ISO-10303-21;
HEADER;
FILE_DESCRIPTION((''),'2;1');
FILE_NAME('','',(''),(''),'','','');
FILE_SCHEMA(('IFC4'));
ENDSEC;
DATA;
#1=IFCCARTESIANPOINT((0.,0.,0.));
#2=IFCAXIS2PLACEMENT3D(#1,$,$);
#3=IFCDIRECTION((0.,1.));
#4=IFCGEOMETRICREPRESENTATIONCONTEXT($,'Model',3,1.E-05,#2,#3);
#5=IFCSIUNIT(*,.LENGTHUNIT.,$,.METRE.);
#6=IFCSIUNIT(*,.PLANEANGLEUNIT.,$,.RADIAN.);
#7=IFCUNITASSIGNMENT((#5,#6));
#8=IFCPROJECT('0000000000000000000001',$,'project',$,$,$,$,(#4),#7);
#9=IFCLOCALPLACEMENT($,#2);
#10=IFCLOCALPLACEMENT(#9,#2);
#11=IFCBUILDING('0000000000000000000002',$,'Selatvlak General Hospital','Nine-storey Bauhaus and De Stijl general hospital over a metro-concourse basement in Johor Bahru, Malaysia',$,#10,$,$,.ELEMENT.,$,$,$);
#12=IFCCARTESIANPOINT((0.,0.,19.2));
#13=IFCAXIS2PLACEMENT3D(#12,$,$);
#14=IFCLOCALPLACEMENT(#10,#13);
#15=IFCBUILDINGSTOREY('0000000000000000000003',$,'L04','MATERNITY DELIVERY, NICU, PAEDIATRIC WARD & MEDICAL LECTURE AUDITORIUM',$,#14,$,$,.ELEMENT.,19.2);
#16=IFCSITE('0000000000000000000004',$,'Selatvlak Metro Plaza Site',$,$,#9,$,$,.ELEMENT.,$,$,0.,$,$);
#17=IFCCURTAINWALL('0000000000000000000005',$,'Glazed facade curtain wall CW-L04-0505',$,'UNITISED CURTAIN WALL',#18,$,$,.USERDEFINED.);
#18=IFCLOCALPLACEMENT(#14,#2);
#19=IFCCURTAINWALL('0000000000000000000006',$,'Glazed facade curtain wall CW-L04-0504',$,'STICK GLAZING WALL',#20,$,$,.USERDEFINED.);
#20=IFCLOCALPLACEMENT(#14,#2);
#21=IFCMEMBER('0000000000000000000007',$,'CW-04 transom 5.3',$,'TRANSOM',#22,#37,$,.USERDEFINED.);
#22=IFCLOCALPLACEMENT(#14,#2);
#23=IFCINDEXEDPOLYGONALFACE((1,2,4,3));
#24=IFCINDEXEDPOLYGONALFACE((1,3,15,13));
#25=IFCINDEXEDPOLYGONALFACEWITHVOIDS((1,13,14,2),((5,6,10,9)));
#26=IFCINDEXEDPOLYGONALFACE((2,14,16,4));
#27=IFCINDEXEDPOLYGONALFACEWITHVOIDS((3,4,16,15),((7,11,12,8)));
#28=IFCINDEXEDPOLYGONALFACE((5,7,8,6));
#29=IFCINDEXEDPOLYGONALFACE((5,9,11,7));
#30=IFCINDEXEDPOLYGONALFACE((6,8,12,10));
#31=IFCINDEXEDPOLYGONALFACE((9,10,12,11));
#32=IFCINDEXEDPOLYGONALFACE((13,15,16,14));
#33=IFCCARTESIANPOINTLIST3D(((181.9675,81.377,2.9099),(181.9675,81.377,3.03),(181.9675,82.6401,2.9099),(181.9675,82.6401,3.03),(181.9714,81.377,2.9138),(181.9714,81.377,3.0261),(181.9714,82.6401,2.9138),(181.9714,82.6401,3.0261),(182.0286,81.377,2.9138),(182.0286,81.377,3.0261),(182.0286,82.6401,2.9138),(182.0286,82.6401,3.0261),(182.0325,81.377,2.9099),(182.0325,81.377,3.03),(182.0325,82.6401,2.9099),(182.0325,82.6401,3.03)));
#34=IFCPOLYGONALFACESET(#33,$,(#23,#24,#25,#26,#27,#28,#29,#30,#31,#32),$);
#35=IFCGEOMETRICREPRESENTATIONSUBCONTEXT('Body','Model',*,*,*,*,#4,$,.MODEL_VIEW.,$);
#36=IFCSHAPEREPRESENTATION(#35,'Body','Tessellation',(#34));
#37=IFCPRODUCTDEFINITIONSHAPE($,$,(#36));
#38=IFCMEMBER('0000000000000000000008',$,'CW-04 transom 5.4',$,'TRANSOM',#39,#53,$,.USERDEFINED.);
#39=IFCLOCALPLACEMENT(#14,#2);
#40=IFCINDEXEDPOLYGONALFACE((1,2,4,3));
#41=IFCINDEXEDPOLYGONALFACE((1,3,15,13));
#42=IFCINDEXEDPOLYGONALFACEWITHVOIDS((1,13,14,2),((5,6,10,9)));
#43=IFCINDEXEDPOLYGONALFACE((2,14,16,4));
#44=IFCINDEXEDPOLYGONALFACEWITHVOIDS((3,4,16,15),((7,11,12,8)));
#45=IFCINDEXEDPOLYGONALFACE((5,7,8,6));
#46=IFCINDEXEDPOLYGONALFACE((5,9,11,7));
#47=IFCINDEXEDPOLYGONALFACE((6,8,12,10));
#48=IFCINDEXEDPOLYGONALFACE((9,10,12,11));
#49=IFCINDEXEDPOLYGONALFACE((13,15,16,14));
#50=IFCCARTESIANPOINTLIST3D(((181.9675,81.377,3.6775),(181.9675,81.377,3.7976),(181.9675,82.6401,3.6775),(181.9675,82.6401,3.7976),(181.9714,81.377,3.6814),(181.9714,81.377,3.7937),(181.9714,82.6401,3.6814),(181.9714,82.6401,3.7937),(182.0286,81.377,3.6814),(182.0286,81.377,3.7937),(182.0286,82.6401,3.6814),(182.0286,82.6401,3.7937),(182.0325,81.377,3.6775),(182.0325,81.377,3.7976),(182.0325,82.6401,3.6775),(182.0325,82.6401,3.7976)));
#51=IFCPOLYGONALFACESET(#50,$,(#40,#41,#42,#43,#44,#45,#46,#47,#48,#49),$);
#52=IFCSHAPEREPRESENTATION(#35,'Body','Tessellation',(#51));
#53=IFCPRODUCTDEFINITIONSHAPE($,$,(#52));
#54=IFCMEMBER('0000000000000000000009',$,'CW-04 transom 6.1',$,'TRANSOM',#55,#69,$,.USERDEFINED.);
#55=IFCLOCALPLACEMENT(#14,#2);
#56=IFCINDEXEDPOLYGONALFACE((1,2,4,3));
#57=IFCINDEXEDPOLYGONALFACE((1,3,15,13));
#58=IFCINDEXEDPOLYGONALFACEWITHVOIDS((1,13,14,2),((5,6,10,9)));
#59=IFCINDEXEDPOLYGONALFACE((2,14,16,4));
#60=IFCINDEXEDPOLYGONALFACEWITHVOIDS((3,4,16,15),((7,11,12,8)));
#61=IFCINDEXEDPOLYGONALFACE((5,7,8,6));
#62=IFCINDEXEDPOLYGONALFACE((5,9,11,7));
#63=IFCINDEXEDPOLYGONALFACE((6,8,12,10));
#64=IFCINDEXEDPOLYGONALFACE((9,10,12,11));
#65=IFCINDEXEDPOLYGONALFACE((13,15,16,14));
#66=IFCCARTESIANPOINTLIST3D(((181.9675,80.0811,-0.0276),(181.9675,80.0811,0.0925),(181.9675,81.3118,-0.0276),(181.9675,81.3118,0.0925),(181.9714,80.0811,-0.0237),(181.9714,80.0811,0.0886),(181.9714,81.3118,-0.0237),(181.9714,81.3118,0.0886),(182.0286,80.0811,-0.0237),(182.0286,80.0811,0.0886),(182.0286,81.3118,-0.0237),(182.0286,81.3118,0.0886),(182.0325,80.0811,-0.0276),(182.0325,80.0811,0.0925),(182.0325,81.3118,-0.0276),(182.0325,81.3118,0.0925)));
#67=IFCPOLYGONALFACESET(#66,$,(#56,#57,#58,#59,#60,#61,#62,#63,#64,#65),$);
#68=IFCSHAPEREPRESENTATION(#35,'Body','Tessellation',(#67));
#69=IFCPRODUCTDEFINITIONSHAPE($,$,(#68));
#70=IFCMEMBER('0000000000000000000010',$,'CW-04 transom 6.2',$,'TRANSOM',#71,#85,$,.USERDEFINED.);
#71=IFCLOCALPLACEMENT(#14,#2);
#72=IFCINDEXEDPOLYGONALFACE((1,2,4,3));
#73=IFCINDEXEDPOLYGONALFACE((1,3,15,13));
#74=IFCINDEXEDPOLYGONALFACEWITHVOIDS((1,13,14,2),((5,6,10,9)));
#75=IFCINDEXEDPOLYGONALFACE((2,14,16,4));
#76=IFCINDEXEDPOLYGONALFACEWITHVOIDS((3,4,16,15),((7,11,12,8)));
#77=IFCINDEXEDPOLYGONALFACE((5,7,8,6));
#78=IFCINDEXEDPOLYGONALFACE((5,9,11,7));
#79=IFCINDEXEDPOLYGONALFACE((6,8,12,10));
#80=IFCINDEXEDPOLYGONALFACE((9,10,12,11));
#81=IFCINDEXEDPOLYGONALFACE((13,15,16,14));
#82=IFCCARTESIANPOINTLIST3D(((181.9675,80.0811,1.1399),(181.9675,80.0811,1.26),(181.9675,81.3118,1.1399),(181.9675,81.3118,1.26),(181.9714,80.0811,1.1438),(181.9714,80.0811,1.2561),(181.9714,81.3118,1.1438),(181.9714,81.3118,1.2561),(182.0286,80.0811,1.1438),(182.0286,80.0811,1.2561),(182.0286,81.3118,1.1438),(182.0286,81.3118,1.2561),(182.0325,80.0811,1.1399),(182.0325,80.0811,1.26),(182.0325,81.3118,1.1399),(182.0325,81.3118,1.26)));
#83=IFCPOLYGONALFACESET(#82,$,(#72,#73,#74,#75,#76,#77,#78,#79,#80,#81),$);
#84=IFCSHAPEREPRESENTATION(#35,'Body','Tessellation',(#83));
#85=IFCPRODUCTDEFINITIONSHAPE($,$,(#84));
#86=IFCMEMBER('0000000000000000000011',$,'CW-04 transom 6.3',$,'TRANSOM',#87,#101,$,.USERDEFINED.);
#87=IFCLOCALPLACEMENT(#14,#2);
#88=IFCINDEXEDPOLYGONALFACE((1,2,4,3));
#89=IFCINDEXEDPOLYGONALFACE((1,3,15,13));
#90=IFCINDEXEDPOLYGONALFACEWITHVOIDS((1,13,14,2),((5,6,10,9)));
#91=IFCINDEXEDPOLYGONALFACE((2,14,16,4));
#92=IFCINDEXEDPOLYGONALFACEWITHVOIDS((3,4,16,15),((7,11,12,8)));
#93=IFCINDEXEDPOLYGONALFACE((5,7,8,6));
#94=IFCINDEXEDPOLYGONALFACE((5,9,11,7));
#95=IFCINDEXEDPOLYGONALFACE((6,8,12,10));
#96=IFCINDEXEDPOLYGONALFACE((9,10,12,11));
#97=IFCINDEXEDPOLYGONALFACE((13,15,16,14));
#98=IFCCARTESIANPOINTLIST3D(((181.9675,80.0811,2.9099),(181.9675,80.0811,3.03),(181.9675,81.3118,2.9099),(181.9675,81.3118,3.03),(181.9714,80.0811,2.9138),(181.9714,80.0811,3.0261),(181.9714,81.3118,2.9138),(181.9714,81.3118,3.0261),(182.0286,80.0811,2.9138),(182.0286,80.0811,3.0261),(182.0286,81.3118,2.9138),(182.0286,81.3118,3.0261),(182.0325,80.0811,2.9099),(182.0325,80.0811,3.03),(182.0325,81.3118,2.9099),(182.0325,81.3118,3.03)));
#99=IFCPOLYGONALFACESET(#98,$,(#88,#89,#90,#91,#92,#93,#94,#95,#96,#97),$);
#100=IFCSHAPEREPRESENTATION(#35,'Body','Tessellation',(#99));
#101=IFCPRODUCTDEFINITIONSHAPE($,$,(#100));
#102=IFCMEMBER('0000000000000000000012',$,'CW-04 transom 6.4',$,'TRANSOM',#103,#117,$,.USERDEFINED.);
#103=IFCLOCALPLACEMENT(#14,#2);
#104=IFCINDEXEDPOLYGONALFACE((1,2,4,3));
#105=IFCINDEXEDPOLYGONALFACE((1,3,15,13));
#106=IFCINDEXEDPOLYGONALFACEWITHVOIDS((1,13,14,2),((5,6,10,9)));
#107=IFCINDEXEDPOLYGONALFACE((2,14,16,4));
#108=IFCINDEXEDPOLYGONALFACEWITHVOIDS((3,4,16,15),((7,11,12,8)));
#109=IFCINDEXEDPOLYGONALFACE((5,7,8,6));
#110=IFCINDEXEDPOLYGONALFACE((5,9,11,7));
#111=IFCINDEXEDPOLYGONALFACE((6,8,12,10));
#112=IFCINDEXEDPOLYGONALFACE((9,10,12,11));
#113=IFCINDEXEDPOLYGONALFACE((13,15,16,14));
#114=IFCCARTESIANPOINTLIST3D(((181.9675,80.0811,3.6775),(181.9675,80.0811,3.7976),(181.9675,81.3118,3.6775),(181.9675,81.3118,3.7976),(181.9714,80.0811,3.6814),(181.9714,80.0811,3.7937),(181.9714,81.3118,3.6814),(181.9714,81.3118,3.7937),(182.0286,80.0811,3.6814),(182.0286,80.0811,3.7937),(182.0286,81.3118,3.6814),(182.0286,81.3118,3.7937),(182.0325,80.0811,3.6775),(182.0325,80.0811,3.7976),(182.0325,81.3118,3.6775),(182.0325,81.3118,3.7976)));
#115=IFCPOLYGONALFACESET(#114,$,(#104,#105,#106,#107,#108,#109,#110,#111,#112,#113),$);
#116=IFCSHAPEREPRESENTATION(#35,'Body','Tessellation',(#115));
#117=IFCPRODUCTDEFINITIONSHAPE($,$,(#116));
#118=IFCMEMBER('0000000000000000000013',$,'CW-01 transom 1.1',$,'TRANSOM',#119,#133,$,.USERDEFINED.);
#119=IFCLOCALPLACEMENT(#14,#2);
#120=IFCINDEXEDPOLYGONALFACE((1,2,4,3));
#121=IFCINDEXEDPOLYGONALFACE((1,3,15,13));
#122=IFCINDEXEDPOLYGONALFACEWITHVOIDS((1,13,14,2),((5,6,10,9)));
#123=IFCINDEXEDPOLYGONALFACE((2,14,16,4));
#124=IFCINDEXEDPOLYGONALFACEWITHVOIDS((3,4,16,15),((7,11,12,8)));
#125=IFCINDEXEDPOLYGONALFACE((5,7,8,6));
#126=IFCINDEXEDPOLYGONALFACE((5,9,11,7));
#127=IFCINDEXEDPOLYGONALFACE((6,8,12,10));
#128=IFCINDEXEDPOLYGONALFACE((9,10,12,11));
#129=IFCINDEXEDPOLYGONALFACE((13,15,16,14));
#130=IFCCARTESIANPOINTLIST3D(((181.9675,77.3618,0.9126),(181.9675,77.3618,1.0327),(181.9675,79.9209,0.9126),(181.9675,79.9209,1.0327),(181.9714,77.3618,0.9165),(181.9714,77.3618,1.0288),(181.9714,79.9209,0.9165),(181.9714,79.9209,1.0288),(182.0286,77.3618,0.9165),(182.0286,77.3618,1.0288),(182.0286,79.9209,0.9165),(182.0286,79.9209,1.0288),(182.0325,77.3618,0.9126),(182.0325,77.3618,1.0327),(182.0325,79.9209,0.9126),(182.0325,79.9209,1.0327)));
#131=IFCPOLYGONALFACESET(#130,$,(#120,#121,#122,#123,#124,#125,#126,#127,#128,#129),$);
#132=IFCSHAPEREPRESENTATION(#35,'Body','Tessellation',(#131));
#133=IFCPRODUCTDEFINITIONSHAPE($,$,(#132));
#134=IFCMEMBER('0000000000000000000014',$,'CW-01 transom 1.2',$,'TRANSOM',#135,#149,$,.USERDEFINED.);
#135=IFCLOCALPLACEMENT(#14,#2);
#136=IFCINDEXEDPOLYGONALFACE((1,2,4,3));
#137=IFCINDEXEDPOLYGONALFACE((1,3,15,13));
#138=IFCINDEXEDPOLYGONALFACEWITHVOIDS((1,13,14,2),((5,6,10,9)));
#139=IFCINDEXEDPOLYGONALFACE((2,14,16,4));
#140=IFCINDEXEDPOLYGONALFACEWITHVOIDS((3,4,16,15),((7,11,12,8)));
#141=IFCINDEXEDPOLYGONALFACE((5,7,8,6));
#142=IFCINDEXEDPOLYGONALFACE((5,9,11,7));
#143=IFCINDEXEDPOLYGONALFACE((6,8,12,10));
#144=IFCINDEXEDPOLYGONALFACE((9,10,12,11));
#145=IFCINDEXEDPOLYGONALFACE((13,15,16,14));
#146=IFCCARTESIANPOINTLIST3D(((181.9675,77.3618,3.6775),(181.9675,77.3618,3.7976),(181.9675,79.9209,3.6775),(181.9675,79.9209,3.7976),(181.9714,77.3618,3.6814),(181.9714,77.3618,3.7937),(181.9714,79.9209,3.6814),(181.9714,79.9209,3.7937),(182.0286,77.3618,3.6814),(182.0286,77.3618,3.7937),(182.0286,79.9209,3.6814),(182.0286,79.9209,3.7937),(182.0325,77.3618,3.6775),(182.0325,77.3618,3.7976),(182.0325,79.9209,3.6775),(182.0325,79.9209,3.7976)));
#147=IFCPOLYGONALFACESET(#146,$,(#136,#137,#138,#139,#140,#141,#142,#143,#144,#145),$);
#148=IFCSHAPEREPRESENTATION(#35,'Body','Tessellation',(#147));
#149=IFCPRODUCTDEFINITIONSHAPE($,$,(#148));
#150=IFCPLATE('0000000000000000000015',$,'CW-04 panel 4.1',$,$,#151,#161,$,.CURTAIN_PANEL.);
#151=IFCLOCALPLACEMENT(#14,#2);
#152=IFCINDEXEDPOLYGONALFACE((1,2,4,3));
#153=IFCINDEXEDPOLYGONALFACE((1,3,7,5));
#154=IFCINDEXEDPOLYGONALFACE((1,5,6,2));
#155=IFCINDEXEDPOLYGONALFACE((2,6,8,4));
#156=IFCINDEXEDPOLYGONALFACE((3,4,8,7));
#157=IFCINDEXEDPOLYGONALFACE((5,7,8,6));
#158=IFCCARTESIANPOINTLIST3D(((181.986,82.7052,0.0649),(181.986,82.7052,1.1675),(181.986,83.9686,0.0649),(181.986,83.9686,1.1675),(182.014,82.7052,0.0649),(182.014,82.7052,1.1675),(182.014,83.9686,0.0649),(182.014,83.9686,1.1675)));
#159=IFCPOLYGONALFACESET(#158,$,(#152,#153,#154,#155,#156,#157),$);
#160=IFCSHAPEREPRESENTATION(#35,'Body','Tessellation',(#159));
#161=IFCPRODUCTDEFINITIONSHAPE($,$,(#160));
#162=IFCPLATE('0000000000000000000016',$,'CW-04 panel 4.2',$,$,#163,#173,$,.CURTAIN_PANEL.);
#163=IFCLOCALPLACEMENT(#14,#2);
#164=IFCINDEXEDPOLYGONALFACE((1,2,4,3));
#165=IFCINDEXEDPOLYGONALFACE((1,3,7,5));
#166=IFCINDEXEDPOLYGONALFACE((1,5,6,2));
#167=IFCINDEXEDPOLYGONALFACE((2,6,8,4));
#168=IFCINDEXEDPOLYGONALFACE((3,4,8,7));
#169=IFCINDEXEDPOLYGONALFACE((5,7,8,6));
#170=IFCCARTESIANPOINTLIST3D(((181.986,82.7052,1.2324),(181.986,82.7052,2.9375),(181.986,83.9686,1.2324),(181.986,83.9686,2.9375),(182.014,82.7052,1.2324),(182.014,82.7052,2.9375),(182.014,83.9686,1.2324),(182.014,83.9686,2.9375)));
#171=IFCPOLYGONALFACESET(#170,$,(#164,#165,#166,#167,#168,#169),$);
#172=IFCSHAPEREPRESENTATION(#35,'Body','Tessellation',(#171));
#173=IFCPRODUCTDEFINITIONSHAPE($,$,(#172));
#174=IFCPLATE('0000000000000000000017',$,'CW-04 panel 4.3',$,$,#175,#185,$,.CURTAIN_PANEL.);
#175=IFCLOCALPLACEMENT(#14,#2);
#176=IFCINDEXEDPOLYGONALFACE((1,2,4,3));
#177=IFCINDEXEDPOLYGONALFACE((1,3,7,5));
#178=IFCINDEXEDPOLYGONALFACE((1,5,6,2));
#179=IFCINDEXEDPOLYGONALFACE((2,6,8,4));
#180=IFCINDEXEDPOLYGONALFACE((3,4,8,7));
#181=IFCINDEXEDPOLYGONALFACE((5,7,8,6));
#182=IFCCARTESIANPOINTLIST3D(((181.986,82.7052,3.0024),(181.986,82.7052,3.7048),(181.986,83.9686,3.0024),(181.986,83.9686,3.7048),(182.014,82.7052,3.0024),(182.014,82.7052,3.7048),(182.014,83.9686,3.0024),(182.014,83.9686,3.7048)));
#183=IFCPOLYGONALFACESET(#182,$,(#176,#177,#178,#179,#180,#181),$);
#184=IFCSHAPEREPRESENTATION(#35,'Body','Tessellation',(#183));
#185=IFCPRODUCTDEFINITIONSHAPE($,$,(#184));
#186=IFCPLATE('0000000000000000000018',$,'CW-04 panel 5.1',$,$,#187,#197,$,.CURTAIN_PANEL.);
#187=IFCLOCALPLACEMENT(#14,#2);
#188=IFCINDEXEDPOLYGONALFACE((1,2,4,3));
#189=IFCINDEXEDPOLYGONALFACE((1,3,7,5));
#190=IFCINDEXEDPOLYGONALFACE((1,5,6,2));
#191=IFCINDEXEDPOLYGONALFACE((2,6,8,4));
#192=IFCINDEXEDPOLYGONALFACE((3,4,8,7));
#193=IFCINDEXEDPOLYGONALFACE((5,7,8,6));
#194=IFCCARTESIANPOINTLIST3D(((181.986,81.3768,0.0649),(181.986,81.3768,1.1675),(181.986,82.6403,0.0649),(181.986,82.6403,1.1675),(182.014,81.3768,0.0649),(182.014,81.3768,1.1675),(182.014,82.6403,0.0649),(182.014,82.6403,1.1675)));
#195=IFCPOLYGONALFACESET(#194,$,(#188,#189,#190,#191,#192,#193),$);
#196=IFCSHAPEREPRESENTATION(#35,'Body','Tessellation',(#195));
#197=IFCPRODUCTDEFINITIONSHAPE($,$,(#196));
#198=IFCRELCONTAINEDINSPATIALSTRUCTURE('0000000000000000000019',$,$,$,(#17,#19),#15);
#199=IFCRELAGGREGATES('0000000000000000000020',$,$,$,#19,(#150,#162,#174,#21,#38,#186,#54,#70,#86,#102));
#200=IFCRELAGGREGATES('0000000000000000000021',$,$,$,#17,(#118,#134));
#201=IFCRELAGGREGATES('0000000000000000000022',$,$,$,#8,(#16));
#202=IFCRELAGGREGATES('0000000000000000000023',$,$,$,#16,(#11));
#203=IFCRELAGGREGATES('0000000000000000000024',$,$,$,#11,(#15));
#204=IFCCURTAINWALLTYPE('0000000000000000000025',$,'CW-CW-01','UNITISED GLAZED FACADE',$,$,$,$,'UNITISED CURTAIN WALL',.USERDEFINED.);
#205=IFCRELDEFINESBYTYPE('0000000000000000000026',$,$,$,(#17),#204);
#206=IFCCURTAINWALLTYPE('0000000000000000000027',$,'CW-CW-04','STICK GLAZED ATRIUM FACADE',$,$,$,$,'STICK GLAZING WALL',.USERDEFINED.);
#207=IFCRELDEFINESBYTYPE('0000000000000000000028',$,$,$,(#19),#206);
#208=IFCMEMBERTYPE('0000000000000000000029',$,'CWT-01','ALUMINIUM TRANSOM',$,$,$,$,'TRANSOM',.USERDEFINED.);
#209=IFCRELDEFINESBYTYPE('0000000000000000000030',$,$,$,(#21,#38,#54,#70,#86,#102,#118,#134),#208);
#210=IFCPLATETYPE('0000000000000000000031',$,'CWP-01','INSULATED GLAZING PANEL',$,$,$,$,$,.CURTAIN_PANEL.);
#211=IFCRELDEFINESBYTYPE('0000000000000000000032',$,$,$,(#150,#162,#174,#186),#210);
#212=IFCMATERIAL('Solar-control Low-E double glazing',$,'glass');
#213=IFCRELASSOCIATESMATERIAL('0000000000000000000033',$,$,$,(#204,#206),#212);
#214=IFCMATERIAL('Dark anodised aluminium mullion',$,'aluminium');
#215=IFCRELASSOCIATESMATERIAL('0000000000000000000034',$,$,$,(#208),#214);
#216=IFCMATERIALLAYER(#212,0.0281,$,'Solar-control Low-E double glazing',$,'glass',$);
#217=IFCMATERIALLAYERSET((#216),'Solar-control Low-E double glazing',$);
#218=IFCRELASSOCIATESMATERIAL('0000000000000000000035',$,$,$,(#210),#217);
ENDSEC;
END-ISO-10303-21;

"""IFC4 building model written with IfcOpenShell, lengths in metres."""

from ifc_helpers import new_model, si_unit, direction, frame, origin, origin_2d, place, context, subcontext, project, spatial, rectangle, hollow_rectangle, extrude, material, layer, layer_set, material_profile, profile_set, type_object, element, aggregate, save


model = new_model("IFC4")

# Units and contexts
model_context = context("Model", 3, precision=1e-05, world=origin(), true_north=direction((0.0, 1.0)))
body_context = subcontext(model_context, "Body", "Model", "MODEL_VIEW")
ifc_project = project(units=[si_unit("LENGTHUNIT", "METRE"), si_unit("PLANEANGLEUNIT", "RADIAN")], contexts=[model_context])

# Site, building, storey
site_placement = place(None, origin())
site = spatial("IfcSite", under=ifc_project, at=site_placement, Name="Selatvlak Metro Plaza Site", CompositionType="ELEMENT", RefElevation=0.0)
building_placement = place(site_placement, origin())
building = spatial("IfcBuilding", under=site, at=building_placement, Name="Selatvlak General Hospital", Description="Nine-storey Bauhaus and De Stijl general hospital over a metro-concourse basement in Johor Bahru, Malaysia", CompositionType="ELEMENT")
storey_placement = place(building_placement, frame((0.0, 0.0, 19.2)))
storey = spatial("IfcBuildingStorey", under=building, at=storey_placement, Name="L04", Description="MATERNITY DELIVERY, NICU, PAEDIATRIC WARD & MEDICAL LECTURE AUDITORIUM", CompositionType="ELEMENT", Elevation=19.2)

# Curtain wall
ifc_material_1 = material(Name="Solar-control Low-E double glazing", Category="glass")
curtain_wall_type_1 = type_object("IfcCurtainWallType", Name="CW-CW-01", Description="UNITISED GLAZED FACADE", ElementType="UNITISED CURTAIN WALL", PredefinedType="USERDEFINED", material=ifc_material_1)
curtain_wall_1_placement = place(storey_placement, origin())
curtain_wall_1 = element("IfcCurtainWall", 1, at=curtain_wall_1_placement, inside=storey, type_object=curtain_wall_type_1, Name="Glazed facade curtain wall CW-L04-0505", ObjectType="UNITISED CURTAIN WALL", PredefinedType="USERDEFINED")
ifc_material_2 = material(Name="Dark anodised aluminium mullion", Category="aluminium")

# Curtain wall, members
curtain_wall_type_2 = type_object("IfcCurtainWallType", Name="CW-CW-04", Description="STICK GLAZED ATRIUM FACADE", ElementType="STICK GLAZING WALL", PredefinedType="USERDEFINED", material=ifc_material_1)
curtain_wall_2_placement = place(storey_placement, origin())
curtain_wall_2 = element("IfcCurtainWall", 2, at=curtain_wall_2_placement, inside=storey, type_object=curtain_wall_type_2, Name="Glazed facade curtain wall CW-L04-0504", ObjectType="STICK GLAZING WALL", PredefinedType="USERDEFINED")
ifc_material_profile_1 = material_profile(ifc_material_2, hollow_rectangle(XDim=0.0649, YDim=0.1201, WallThickness=0.0039, at=origin_2d()), Name="AL-TRN 65x120x4")
ifc_profile_set_1 = profile_set([ifc_material_profile_1], Name="Dark anodised aluminium mullion")
member_type_1 = type_object("IfcMemberType", Name="CWT-01", Description="ALUMINIUM TRANSOM", ElementType="TRANSOM", PredefinedType="USERDEFINED", material=ifc_profile_set_1)
member_1_placement = place(storey_placement, frame((182.0, 82.6401, 2.97), z_axis=(0.0, -1.0, 0.0), x_axis=(1.0, 0.0, 0.0)))
member_1 = element("IfcMember", 3, at=member_1_placement, type_object=member_type_1, Name="CW-04 transom 5.3", ObjectType="TRANSOM", PredefinedType="USERDEFINED", context=body_context, shape_type="SweptSolid", body=[
    extrude(hollow_rectangle(XDim=0.0649, YDim=0.1201, WallThickness=0.0039, at=origin_2d()), origin(), (0.0, 0.0, 1.0), 1.2632),
])
member_2_placement = place(storey_placement, frame((182.0, 82.6401, 3.7375), z_axis=(0.0, -1.0, 0.0), x_axis=(1.0, 0.0, 0.0)))
member_2 = element("IfcMember", 4, at=member_2_placement, type_object=member_type_1, Name="CW-04 transom 5.4", ObjectType="TRANSOM", PredefinedType="USERDEFINED", context=body_context, shape_type="SweptSolid", body=[
    extrude(hollow_rectangle(XDim=0.0649, YDim=0.1201, WallThickness=0.0039, at=origin_2d()), origin(), (0.0, 0.0, 1.0), 1.2632),
])
member_3_placement = place(storey_placement, frame((182.0, 81.3118, 0.0325), z_axis=(0.0, -1.0, 0.0), x_axis=(1.0, 0.0, 0.0)))
member_3 = element("IfcMember", 5, at=member_3_placement, type_object=member_type_1, Name="CW-04 transom 6.1", ObjectType="TRANSOM", PredefinedType="USERDEFINED", context=body_context, shape_type="SweptSolid", body=[
    extrude(hollow_rectangle(XDim=0.0649, YDim=0.1201, WallThickness=0.0039, at=origin_2d()), origin(), (0.0, 0.0, 1.0), 1.2307),
])
member_4_placement = place(storey_placement, frame((182.0, 81.3118, 1.2), z_axis=(0.0, -1.0, 0.0), x_axis=(1.0, 0.0, 0.0)))
member_4 = element("IfcMember", 6, at=member_4_placement, type_object=member_type_1, Name="CW-04 transom 6.2", ObjectType="TRANSOM", PredefinedType="USERDEFINED", context=body_context, shape_type="SweptSolid", body=[
    extrude(hollow_rectangle(XDim=0.0649, YDim=0.1201, WallThickness=0.0039, at=origin_2d()), origin(), (0.0, 0.0, 1.0), 1.2307),
])
member_5_placement = place(storey_placement, frame((182.0, 81.3118, 2.97), z_axis=(0.0, -1.0, 0.0), x_axis=(1.0, 0.0, 0.0)))
member_5 = element("IfcMember", 7, at=member_5_placement, type_object=member_type_1, Name="CW-04 transom 6.3", ObjectType="TRANSOM", PredefinedType="USERDEFINED", context=body_context, shape_type="SweptSolid", body=[
    extrude(hollow_rectangle(XDim=0.0649, YDim=0.1201, WallThickness=0.0039, at=origin_2d()), origin(), (0.0, 0.0, 1.0), 1.2307),
])
member_6_placement = place(storey_placement, frame((182.0, 81.3118, 3.7375), z_axis=(0.0, -1.0, 0.0), x_axis=(1.0, 0.0, 0.0)))
member_6 = element("IfcMember", 8, at=member_6_placement, type_object=member_type_1, Name="CW-04 transom 6.4", ObjectType="TRANSOM", PredefinedType="USERDEFINED", context=body_context, shape_type="SweptSolid", body=[
    extrude(hollow_rectangle(XDim=0.0649, YDim=0.1201, WallThickness=0.0039, at=origin_2d()), origin(), (0.0, 0.0, 1.0), 1.2307),
])

# Members
member_7_placement = place(storey_placement, frame((182.0, 79.9209, 0.9727), z_axis=(0.0, -1.0, 0.0), x_axis=(1.0, 0.0, 0.0)))
member_7 = element("IfcMember", 9, at=member_7_placement, type_object=member_type_1, Name="CW-01 transom 1.1", ObjectType="TRANSOM", PredefinedType="USERDEFINED", context=body_context, shape_type="SweptSolid", body=[
    extrude(hollow_rectangle(XDim=0.0649, YDim=0.1201, WallThickness=0.0039, at=origin_2d()), origin(), (0.0, 0.0, 1.0), 2.5591),
])
member_8_placement = place(storey_placement, frame((182.0, 79.9209, 3.7375), z_axis=(0.0, -1.0, 0.0), x_axis=(1.0, 0.0, 0.0)))
member_8 = element("IfcMember", 10, at=member_8_placement, type_object=member_type_1, Name="CW-01 transom 1.2", ObjectType="TRANSOM", PredefinedType="USERDEFINED", context=body_context, shape_type="SweptSolid", body=[
    extrude(hollow_rectangle(XDim=0.0649, YDim=0.1201, WallThickness=0.0039, at=origin_2d()), origin(), (0.0, 0.0, 1.0), 2.5591),
])

# Plates
ifc_layer_1 = layer(ifc_material_1, 0.0281, Name="Solar-control Low-E double glazing", Category="glass")
ifc_layer_set_1 = layer_set([ifc_layer_1], Name="Solar-control Low-E double glazing")
plate_type = type_object("IfcPlateType", Name="CWP-01", Description="INSULATED GLAZING PANEL", PredefinedType="CURTAIN_PANEL", material=ifc_layer_set_1)
plate_1_placement = place(storey_placement, frame((182.0, 83.3369, 0.0649), z_axis=(0.0, 0.0, 1.0), x_axis=(0.0, -1.0, 0.0)))
plate_1 = element("IfcPlate", 11, at=plate_1_placement, type_object=plate_type, Name="CW-04 panel 4.1", PredefinedType="CURTAIN_PANEL", context=body_context, shape_type="SweptSolid", body=[
    extrude(rectangle(XDim=1.2634, YDim=0.0281, at=origin_2d()), origin(), (0.0, 0.0, 1.0), 1.1025),
])
plate_2_placement = place(storey_placement, frame((182.0, 83.3369, 1.2324), z_axis=(0.0, 0.0, 1.0), x_axis=(0.0, -1.0, 0.0)))
plate_2 = element("IfcPlate", 12, at=plate_2_placement, type_object=plate_type, Name="CW-04 panel 4.2", PredefinedType="CURTAIN_PANEL", context=body_context, shape_type="SweptSolid", body=[
    extrude(rectangle(XDim=1.2634, YDim=0.0281, at=origin_2d()), origin(), (0.0, 0.0, 1.0), 1.7051),
])
plate_3_placement = place(storey_placement, frame((182.0, 83.3369, 3.0024), z_axis=(0.0, 0.0, 1.0), x_axis=(0.0, -1.0, 0.0)))
plate_3 = element("IfcPlate", 13, at=plate_3_placement, type_object=plate_type, Name="CW-04 panel 4.3", PredefinedType="CURTAIN_PANEL", context=body_context, shape_type="SweptSolid", body=[
    extrude(rectangle(XDim=1.2634, YDim=0.0281, at=origin_2d()), origin(), (0.0, 0.0, 1.0), 0.7024),
])
plate_4_placement = place(storey_placement, frame((182.0, 82.0085, 0.0649), z_axis=(0.0, 0.0, 1.0), x_axis=(0.0, -1.0, 0.0)))
plate_4 = element("IfcPlate", 14, at=plate_4_placement, type_object=plate_type, Name="CW-04 panel 5.1", PredefinedType="CURTAIN_PANEL", context=body_context, shape_type="SweptSolid", body=[
    extrude(rectangle(XDim=1.2634, YDim=0.0281, at=origin_2d()), origin(), (0.0, 0.0, 1.0), 1.1025),
])
aggregate(curtain_wall_2, [plate_1, plate_2, plate_3, member_1, member_2, plate_4, member_3, member_4, member_5, member_6])
aggregate(curtain_wall_1, [member_7, member_8])

save(model, "model.ifc")
